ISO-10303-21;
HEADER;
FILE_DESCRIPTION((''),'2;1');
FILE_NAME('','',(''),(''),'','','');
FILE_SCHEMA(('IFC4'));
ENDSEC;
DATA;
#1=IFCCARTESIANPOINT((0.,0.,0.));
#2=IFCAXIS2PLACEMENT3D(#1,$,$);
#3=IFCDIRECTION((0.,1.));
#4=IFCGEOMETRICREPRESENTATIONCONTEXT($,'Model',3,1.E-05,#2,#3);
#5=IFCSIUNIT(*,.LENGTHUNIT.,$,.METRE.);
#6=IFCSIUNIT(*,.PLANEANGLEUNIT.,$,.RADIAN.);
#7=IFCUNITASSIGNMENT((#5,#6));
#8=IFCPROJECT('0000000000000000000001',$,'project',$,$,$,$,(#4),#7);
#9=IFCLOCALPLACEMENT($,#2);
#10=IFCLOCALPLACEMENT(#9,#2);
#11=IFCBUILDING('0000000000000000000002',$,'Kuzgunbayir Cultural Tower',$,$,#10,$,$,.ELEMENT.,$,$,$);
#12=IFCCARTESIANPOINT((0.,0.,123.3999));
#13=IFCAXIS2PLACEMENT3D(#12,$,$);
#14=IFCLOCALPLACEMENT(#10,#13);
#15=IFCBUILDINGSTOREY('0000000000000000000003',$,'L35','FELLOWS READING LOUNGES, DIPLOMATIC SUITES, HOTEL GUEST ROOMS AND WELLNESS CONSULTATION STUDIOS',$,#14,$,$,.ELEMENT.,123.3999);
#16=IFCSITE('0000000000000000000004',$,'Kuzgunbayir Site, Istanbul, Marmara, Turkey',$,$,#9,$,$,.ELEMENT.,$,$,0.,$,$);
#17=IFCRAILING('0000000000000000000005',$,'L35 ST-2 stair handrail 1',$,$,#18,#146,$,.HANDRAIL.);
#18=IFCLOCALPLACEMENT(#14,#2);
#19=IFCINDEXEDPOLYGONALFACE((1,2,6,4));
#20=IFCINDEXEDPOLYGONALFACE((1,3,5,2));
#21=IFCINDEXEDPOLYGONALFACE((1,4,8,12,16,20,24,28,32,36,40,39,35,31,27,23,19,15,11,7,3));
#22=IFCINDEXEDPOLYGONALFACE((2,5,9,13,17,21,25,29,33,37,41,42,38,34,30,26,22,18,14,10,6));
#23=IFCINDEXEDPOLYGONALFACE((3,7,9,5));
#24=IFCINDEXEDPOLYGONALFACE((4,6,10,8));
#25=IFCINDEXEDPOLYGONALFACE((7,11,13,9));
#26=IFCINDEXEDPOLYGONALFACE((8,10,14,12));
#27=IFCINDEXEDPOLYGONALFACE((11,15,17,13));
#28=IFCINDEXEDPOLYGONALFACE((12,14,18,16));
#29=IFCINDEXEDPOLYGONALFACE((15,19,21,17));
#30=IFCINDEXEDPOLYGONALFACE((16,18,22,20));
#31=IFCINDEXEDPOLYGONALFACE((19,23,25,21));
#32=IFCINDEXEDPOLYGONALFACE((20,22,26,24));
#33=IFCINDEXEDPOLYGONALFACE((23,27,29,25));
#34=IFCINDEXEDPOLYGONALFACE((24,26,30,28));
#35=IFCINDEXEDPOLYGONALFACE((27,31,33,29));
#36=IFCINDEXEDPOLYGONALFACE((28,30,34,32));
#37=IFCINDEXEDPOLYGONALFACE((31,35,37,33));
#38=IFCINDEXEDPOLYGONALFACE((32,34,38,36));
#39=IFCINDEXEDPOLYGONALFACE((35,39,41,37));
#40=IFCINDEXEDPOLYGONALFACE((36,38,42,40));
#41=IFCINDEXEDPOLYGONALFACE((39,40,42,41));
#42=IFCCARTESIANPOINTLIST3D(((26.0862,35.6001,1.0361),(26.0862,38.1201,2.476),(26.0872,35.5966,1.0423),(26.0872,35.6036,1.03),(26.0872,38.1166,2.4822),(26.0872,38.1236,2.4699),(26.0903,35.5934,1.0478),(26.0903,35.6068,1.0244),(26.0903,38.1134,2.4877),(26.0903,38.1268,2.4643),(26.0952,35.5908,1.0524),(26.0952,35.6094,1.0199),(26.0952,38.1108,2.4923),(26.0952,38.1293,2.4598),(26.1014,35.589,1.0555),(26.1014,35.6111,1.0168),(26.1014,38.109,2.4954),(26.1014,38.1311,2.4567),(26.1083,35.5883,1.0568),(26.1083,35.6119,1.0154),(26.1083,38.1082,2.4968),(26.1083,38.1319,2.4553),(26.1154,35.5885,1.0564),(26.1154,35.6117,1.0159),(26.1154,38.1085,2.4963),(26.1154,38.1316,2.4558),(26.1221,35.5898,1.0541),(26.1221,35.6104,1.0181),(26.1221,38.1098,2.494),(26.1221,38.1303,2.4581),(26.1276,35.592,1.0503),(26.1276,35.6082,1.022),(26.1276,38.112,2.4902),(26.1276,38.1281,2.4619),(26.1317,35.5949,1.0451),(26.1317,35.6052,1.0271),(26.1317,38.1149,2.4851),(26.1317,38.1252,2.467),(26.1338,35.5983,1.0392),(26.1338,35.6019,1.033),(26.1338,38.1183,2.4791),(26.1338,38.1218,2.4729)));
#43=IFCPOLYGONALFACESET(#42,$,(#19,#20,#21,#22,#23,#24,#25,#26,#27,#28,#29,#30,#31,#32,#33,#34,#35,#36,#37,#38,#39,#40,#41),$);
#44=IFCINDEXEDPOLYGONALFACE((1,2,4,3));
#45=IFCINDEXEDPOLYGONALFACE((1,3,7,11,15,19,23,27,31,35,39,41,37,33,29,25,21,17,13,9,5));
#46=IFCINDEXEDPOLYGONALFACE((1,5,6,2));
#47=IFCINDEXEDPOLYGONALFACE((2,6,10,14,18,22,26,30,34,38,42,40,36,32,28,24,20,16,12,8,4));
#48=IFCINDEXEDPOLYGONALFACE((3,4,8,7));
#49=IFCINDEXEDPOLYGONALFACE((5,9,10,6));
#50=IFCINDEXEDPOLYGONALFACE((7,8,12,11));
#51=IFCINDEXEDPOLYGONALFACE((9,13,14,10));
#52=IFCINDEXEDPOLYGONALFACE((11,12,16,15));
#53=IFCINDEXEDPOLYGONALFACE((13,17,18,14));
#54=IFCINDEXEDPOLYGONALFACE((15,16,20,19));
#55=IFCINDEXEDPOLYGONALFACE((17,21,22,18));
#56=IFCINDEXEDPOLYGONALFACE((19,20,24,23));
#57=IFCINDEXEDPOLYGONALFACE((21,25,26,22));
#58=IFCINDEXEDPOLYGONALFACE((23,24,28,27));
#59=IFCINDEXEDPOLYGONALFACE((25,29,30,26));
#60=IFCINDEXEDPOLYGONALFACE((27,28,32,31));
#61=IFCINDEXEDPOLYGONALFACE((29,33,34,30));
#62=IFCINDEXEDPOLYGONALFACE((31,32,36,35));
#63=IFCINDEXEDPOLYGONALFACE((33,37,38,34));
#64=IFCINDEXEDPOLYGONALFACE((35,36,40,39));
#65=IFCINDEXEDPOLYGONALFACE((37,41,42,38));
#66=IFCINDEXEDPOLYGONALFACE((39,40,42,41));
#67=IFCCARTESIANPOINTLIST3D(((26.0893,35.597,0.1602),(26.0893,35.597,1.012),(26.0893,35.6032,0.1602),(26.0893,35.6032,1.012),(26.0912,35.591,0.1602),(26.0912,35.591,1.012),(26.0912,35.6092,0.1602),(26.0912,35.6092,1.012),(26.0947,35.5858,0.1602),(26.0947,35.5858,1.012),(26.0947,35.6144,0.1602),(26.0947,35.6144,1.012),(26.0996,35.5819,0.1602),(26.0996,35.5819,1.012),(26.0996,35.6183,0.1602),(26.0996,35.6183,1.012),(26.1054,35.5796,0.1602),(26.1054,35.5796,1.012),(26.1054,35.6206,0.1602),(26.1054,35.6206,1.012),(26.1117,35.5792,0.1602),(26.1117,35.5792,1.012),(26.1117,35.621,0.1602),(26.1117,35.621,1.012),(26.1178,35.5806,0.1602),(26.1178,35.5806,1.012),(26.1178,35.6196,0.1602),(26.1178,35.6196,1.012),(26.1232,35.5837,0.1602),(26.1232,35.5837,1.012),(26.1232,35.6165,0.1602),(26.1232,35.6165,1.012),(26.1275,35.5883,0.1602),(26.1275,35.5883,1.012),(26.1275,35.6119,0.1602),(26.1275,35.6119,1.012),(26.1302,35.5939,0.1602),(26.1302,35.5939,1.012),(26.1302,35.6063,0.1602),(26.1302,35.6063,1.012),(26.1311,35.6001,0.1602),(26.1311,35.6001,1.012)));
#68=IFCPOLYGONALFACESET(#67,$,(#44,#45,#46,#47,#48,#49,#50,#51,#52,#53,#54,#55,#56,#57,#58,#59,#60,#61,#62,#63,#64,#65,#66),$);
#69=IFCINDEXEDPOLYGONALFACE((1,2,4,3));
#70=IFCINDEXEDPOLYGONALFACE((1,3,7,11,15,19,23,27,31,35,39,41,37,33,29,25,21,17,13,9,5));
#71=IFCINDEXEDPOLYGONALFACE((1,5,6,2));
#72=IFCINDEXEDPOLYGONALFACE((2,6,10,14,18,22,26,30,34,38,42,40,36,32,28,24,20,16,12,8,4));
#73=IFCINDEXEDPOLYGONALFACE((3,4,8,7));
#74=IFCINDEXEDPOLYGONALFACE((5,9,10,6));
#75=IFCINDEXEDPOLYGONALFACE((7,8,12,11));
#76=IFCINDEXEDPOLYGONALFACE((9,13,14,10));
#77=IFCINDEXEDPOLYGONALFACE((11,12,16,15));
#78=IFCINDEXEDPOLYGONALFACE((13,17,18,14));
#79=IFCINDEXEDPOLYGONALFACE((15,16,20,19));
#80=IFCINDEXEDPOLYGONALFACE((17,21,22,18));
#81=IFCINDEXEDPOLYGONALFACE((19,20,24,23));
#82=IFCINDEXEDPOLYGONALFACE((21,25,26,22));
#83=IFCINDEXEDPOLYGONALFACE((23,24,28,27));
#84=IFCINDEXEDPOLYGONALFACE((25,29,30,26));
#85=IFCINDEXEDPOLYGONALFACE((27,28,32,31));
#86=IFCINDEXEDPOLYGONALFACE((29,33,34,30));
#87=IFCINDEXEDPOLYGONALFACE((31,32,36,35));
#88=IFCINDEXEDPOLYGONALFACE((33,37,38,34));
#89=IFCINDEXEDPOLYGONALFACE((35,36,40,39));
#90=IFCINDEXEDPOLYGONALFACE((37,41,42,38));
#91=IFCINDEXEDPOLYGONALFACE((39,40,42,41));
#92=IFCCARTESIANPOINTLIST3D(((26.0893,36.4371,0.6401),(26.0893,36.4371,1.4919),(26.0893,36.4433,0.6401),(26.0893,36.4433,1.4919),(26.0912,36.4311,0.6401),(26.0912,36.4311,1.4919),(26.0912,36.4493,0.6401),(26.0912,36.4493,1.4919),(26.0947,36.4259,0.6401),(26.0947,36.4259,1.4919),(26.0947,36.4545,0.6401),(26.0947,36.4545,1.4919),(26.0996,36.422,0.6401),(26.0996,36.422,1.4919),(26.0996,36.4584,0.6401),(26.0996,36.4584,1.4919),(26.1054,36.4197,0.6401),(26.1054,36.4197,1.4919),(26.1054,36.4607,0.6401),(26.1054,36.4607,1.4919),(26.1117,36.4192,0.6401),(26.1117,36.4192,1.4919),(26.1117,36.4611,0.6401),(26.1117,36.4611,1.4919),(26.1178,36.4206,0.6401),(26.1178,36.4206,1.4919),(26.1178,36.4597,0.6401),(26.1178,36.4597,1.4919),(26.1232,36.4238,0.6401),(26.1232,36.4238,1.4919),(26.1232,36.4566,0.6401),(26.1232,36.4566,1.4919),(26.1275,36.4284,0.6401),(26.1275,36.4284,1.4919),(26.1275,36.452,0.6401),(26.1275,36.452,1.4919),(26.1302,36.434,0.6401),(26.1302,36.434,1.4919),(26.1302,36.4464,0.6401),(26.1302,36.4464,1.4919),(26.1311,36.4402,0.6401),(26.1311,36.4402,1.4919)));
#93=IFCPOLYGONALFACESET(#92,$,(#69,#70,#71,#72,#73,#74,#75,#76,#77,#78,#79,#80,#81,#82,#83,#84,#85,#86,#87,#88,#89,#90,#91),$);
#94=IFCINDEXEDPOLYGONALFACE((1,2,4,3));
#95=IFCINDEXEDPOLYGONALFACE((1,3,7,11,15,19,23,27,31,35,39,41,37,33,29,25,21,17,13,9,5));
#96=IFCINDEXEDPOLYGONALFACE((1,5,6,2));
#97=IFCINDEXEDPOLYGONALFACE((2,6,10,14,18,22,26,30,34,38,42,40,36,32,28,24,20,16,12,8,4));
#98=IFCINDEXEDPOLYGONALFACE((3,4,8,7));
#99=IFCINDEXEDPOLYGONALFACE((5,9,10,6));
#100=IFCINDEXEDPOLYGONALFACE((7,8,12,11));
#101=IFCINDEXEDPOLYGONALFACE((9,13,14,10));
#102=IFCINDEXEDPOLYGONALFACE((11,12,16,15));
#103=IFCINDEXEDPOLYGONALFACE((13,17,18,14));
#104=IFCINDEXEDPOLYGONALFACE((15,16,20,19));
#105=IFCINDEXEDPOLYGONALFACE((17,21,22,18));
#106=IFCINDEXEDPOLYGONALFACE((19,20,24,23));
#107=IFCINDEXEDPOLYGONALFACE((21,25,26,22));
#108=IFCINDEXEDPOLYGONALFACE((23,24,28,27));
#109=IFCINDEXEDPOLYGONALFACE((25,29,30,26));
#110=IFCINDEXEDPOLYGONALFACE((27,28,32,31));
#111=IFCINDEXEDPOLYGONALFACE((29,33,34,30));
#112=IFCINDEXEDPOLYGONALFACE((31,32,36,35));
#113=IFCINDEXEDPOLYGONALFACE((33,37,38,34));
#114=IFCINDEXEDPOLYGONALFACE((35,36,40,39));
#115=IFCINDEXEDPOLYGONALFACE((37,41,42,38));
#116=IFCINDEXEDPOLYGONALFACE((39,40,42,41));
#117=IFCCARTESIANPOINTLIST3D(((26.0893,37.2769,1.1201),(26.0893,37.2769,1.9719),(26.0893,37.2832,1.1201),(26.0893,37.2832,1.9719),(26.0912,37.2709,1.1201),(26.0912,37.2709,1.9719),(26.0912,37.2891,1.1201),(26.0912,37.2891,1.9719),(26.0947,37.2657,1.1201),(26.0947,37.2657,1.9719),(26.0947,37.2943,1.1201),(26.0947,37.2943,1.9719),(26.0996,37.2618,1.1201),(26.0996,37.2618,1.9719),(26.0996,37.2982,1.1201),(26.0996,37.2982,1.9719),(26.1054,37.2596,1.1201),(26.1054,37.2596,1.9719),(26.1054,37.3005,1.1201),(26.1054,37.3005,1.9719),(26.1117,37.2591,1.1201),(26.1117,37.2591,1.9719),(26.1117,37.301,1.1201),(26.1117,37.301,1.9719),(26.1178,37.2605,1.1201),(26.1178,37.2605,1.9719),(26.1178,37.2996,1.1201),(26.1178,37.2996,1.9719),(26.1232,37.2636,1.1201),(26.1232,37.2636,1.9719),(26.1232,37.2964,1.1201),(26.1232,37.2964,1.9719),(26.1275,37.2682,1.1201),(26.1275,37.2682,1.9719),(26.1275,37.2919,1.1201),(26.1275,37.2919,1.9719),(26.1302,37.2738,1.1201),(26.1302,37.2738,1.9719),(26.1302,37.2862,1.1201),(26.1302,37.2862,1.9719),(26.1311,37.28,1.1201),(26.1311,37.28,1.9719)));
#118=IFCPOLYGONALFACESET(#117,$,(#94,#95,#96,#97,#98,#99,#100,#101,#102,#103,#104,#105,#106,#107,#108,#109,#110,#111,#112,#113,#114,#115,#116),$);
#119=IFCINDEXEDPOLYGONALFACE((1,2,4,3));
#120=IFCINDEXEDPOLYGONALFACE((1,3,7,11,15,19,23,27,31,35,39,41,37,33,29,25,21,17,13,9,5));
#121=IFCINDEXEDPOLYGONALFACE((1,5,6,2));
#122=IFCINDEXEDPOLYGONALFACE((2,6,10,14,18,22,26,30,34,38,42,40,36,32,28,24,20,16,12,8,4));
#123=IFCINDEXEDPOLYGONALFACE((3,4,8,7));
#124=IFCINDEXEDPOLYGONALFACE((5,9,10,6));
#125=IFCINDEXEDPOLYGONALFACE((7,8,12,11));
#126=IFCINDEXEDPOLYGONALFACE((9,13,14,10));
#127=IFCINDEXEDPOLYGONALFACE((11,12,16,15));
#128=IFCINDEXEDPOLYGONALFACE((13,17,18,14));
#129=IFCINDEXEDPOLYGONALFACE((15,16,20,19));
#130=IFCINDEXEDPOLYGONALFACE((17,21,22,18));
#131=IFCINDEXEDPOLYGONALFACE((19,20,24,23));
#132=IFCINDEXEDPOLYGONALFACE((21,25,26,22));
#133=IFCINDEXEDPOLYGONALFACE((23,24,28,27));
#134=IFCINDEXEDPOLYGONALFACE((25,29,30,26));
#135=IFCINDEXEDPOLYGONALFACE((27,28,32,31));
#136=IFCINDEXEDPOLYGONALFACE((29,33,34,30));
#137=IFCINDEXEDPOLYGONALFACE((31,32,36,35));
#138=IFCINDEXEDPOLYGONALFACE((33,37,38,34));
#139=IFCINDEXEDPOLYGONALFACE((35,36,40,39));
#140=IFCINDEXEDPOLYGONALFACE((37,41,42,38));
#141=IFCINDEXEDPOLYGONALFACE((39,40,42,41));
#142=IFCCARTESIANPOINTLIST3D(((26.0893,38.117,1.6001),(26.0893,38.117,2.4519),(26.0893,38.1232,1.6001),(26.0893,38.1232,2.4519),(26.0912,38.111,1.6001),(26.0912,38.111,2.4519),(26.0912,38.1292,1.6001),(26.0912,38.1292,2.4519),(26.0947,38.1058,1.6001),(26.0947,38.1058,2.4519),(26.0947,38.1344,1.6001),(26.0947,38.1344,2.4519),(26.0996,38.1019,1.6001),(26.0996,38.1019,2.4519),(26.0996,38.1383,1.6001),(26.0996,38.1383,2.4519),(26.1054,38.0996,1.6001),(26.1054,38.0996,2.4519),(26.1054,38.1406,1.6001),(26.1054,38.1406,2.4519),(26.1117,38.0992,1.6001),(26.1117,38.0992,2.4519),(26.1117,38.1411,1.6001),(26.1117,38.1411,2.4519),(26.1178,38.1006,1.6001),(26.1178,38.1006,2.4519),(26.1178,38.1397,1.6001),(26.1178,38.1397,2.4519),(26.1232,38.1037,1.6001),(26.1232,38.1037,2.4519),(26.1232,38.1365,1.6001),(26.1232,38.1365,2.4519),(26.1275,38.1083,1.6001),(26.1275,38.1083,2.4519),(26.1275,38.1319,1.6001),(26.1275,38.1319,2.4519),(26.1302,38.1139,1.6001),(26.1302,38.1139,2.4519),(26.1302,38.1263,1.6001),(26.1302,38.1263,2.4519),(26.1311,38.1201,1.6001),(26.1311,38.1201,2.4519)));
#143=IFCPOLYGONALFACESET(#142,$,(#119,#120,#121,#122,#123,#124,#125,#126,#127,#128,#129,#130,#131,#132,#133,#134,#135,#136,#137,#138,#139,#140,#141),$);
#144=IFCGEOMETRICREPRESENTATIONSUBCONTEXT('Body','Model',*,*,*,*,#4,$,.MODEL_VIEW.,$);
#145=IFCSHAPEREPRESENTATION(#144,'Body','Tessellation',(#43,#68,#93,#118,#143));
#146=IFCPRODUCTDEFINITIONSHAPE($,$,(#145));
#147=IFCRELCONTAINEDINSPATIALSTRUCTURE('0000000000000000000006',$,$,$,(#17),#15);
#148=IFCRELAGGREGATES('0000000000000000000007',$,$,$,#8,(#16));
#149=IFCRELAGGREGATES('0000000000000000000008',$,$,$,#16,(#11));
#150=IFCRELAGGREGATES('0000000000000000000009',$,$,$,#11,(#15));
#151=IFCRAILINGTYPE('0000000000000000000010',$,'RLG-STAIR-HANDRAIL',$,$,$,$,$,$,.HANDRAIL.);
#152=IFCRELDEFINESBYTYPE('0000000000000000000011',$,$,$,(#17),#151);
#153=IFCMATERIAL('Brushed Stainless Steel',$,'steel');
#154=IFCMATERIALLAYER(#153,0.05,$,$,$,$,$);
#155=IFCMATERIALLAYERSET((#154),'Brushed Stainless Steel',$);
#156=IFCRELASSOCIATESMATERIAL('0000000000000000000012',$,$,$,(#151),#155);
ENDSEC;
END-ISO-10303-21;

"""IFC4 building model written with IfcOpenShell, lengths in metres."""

from ifc_helpers import new_model, si_unit, direction, frame, origin, origin_2d, place, context, subcontext, project, spatial, circle, extrude, material, layer, layer_set, type_object, element, save


model = new_model("IFC4")

# Units and contexts
model_context = context("Model", 3, precision=1e-05, world=origin(), true_north=direction((0.0, 1.0)))
body_context = subcontext(model_context, "Body", "Model", "MODEL_VIEW")
ifc_project = project(units=[si_unit("LENGTHUNIT", "METRE"), si_unit("PLANEANGLEUNIT", "RADIAN")], contexts=[model_context])

# Site, building, storey
site_placement = place(None, origin())
site = spatial("IfcSite", under=ifc_project, at=site_placement, Name="Kuzgunbayir Site, Istanbul, Marmara, Turkey", CompositionType="ELEMENT", RefElevation=0.0)
building_placement = place(site_placement, origin())
building = spatial("IfcBuilding", under=site, at=building_placement, Name="Kuzgunbayir Cultural Tower", CompositionType="ELEMENT")
storey_placement = place(building_placement, frame((0.0, 0.0, 123.3999)))
storey = spatial("IfcBuildingStorey", under=building, at=storey_placement, Name="L35", Description="FELLOWS READING LOUNGES, DIPLOMATIC SUITES, HOTEL GUEST ROOMS AND WELLNESS CONSULTATION STUDIOS", CompositionType="ELEMENT", Elevation=123.3999)

# Shared definitions
ifc_material_1 = material(Name="Brushed Stainless Steel", Category="steel")

# Railing
ifc_layer_1 = layer(ifc_material_1, 0.05)
ifc_layer_set_1 = layer_set([ifc_layer_1], Name="Brushed Stainless Steel")
railing_type_1 = type_object("IfcRailingType", Name="RLG-STAIR-HANDRAIL", PredefinedType="HANDRAIL", material=ifc_layer_set_1)
railing_1_placement = place(storey_placement, frame((26.1101, 35.6001, 0.1602)))
element("IfcRailing", 1, at=railing_1_placement, inside=storey, type_object=railing_type_1, Name="L35 ST-2 stair handrail 1", PredefinedType="HANDRAIL", context=body_context, shape_type="SweptSolid", body=[
    extrude(circle(Radius=0.0239, at=origin_2d()), frame((0.0, 0.0, 0.876), z_axis=(0.0, 0.868253, 0.496121), x_axis=(-1.0, 0.0, 0.0)), (0.0, 0.0, 1.0), 2.9023),
    extrude(circle(Radius=0.021, at=origin_2d()), origin(), (0.0, 0.0, 1.0), 0.8518),
    extrude(circle(Radius=0.021, at=origin_2d()), frame((0.0, 0.8401, 0.48)), (0.0, 0.0, 1.0), 0.8518),
    extrude(circle(Radius=0.021, at=origin_2d()), frame((0.0, 1.6799, 0.96)), (0.0, 0.0, 1.0), 0.8518),
    extrude(circle(Radius=0.021, at=origin_2d()), frame((0.0, 2.52, 1.4399)), (0.0, 0.0, 1.0), 0.8518),
])

save(model, "model.ifc")
